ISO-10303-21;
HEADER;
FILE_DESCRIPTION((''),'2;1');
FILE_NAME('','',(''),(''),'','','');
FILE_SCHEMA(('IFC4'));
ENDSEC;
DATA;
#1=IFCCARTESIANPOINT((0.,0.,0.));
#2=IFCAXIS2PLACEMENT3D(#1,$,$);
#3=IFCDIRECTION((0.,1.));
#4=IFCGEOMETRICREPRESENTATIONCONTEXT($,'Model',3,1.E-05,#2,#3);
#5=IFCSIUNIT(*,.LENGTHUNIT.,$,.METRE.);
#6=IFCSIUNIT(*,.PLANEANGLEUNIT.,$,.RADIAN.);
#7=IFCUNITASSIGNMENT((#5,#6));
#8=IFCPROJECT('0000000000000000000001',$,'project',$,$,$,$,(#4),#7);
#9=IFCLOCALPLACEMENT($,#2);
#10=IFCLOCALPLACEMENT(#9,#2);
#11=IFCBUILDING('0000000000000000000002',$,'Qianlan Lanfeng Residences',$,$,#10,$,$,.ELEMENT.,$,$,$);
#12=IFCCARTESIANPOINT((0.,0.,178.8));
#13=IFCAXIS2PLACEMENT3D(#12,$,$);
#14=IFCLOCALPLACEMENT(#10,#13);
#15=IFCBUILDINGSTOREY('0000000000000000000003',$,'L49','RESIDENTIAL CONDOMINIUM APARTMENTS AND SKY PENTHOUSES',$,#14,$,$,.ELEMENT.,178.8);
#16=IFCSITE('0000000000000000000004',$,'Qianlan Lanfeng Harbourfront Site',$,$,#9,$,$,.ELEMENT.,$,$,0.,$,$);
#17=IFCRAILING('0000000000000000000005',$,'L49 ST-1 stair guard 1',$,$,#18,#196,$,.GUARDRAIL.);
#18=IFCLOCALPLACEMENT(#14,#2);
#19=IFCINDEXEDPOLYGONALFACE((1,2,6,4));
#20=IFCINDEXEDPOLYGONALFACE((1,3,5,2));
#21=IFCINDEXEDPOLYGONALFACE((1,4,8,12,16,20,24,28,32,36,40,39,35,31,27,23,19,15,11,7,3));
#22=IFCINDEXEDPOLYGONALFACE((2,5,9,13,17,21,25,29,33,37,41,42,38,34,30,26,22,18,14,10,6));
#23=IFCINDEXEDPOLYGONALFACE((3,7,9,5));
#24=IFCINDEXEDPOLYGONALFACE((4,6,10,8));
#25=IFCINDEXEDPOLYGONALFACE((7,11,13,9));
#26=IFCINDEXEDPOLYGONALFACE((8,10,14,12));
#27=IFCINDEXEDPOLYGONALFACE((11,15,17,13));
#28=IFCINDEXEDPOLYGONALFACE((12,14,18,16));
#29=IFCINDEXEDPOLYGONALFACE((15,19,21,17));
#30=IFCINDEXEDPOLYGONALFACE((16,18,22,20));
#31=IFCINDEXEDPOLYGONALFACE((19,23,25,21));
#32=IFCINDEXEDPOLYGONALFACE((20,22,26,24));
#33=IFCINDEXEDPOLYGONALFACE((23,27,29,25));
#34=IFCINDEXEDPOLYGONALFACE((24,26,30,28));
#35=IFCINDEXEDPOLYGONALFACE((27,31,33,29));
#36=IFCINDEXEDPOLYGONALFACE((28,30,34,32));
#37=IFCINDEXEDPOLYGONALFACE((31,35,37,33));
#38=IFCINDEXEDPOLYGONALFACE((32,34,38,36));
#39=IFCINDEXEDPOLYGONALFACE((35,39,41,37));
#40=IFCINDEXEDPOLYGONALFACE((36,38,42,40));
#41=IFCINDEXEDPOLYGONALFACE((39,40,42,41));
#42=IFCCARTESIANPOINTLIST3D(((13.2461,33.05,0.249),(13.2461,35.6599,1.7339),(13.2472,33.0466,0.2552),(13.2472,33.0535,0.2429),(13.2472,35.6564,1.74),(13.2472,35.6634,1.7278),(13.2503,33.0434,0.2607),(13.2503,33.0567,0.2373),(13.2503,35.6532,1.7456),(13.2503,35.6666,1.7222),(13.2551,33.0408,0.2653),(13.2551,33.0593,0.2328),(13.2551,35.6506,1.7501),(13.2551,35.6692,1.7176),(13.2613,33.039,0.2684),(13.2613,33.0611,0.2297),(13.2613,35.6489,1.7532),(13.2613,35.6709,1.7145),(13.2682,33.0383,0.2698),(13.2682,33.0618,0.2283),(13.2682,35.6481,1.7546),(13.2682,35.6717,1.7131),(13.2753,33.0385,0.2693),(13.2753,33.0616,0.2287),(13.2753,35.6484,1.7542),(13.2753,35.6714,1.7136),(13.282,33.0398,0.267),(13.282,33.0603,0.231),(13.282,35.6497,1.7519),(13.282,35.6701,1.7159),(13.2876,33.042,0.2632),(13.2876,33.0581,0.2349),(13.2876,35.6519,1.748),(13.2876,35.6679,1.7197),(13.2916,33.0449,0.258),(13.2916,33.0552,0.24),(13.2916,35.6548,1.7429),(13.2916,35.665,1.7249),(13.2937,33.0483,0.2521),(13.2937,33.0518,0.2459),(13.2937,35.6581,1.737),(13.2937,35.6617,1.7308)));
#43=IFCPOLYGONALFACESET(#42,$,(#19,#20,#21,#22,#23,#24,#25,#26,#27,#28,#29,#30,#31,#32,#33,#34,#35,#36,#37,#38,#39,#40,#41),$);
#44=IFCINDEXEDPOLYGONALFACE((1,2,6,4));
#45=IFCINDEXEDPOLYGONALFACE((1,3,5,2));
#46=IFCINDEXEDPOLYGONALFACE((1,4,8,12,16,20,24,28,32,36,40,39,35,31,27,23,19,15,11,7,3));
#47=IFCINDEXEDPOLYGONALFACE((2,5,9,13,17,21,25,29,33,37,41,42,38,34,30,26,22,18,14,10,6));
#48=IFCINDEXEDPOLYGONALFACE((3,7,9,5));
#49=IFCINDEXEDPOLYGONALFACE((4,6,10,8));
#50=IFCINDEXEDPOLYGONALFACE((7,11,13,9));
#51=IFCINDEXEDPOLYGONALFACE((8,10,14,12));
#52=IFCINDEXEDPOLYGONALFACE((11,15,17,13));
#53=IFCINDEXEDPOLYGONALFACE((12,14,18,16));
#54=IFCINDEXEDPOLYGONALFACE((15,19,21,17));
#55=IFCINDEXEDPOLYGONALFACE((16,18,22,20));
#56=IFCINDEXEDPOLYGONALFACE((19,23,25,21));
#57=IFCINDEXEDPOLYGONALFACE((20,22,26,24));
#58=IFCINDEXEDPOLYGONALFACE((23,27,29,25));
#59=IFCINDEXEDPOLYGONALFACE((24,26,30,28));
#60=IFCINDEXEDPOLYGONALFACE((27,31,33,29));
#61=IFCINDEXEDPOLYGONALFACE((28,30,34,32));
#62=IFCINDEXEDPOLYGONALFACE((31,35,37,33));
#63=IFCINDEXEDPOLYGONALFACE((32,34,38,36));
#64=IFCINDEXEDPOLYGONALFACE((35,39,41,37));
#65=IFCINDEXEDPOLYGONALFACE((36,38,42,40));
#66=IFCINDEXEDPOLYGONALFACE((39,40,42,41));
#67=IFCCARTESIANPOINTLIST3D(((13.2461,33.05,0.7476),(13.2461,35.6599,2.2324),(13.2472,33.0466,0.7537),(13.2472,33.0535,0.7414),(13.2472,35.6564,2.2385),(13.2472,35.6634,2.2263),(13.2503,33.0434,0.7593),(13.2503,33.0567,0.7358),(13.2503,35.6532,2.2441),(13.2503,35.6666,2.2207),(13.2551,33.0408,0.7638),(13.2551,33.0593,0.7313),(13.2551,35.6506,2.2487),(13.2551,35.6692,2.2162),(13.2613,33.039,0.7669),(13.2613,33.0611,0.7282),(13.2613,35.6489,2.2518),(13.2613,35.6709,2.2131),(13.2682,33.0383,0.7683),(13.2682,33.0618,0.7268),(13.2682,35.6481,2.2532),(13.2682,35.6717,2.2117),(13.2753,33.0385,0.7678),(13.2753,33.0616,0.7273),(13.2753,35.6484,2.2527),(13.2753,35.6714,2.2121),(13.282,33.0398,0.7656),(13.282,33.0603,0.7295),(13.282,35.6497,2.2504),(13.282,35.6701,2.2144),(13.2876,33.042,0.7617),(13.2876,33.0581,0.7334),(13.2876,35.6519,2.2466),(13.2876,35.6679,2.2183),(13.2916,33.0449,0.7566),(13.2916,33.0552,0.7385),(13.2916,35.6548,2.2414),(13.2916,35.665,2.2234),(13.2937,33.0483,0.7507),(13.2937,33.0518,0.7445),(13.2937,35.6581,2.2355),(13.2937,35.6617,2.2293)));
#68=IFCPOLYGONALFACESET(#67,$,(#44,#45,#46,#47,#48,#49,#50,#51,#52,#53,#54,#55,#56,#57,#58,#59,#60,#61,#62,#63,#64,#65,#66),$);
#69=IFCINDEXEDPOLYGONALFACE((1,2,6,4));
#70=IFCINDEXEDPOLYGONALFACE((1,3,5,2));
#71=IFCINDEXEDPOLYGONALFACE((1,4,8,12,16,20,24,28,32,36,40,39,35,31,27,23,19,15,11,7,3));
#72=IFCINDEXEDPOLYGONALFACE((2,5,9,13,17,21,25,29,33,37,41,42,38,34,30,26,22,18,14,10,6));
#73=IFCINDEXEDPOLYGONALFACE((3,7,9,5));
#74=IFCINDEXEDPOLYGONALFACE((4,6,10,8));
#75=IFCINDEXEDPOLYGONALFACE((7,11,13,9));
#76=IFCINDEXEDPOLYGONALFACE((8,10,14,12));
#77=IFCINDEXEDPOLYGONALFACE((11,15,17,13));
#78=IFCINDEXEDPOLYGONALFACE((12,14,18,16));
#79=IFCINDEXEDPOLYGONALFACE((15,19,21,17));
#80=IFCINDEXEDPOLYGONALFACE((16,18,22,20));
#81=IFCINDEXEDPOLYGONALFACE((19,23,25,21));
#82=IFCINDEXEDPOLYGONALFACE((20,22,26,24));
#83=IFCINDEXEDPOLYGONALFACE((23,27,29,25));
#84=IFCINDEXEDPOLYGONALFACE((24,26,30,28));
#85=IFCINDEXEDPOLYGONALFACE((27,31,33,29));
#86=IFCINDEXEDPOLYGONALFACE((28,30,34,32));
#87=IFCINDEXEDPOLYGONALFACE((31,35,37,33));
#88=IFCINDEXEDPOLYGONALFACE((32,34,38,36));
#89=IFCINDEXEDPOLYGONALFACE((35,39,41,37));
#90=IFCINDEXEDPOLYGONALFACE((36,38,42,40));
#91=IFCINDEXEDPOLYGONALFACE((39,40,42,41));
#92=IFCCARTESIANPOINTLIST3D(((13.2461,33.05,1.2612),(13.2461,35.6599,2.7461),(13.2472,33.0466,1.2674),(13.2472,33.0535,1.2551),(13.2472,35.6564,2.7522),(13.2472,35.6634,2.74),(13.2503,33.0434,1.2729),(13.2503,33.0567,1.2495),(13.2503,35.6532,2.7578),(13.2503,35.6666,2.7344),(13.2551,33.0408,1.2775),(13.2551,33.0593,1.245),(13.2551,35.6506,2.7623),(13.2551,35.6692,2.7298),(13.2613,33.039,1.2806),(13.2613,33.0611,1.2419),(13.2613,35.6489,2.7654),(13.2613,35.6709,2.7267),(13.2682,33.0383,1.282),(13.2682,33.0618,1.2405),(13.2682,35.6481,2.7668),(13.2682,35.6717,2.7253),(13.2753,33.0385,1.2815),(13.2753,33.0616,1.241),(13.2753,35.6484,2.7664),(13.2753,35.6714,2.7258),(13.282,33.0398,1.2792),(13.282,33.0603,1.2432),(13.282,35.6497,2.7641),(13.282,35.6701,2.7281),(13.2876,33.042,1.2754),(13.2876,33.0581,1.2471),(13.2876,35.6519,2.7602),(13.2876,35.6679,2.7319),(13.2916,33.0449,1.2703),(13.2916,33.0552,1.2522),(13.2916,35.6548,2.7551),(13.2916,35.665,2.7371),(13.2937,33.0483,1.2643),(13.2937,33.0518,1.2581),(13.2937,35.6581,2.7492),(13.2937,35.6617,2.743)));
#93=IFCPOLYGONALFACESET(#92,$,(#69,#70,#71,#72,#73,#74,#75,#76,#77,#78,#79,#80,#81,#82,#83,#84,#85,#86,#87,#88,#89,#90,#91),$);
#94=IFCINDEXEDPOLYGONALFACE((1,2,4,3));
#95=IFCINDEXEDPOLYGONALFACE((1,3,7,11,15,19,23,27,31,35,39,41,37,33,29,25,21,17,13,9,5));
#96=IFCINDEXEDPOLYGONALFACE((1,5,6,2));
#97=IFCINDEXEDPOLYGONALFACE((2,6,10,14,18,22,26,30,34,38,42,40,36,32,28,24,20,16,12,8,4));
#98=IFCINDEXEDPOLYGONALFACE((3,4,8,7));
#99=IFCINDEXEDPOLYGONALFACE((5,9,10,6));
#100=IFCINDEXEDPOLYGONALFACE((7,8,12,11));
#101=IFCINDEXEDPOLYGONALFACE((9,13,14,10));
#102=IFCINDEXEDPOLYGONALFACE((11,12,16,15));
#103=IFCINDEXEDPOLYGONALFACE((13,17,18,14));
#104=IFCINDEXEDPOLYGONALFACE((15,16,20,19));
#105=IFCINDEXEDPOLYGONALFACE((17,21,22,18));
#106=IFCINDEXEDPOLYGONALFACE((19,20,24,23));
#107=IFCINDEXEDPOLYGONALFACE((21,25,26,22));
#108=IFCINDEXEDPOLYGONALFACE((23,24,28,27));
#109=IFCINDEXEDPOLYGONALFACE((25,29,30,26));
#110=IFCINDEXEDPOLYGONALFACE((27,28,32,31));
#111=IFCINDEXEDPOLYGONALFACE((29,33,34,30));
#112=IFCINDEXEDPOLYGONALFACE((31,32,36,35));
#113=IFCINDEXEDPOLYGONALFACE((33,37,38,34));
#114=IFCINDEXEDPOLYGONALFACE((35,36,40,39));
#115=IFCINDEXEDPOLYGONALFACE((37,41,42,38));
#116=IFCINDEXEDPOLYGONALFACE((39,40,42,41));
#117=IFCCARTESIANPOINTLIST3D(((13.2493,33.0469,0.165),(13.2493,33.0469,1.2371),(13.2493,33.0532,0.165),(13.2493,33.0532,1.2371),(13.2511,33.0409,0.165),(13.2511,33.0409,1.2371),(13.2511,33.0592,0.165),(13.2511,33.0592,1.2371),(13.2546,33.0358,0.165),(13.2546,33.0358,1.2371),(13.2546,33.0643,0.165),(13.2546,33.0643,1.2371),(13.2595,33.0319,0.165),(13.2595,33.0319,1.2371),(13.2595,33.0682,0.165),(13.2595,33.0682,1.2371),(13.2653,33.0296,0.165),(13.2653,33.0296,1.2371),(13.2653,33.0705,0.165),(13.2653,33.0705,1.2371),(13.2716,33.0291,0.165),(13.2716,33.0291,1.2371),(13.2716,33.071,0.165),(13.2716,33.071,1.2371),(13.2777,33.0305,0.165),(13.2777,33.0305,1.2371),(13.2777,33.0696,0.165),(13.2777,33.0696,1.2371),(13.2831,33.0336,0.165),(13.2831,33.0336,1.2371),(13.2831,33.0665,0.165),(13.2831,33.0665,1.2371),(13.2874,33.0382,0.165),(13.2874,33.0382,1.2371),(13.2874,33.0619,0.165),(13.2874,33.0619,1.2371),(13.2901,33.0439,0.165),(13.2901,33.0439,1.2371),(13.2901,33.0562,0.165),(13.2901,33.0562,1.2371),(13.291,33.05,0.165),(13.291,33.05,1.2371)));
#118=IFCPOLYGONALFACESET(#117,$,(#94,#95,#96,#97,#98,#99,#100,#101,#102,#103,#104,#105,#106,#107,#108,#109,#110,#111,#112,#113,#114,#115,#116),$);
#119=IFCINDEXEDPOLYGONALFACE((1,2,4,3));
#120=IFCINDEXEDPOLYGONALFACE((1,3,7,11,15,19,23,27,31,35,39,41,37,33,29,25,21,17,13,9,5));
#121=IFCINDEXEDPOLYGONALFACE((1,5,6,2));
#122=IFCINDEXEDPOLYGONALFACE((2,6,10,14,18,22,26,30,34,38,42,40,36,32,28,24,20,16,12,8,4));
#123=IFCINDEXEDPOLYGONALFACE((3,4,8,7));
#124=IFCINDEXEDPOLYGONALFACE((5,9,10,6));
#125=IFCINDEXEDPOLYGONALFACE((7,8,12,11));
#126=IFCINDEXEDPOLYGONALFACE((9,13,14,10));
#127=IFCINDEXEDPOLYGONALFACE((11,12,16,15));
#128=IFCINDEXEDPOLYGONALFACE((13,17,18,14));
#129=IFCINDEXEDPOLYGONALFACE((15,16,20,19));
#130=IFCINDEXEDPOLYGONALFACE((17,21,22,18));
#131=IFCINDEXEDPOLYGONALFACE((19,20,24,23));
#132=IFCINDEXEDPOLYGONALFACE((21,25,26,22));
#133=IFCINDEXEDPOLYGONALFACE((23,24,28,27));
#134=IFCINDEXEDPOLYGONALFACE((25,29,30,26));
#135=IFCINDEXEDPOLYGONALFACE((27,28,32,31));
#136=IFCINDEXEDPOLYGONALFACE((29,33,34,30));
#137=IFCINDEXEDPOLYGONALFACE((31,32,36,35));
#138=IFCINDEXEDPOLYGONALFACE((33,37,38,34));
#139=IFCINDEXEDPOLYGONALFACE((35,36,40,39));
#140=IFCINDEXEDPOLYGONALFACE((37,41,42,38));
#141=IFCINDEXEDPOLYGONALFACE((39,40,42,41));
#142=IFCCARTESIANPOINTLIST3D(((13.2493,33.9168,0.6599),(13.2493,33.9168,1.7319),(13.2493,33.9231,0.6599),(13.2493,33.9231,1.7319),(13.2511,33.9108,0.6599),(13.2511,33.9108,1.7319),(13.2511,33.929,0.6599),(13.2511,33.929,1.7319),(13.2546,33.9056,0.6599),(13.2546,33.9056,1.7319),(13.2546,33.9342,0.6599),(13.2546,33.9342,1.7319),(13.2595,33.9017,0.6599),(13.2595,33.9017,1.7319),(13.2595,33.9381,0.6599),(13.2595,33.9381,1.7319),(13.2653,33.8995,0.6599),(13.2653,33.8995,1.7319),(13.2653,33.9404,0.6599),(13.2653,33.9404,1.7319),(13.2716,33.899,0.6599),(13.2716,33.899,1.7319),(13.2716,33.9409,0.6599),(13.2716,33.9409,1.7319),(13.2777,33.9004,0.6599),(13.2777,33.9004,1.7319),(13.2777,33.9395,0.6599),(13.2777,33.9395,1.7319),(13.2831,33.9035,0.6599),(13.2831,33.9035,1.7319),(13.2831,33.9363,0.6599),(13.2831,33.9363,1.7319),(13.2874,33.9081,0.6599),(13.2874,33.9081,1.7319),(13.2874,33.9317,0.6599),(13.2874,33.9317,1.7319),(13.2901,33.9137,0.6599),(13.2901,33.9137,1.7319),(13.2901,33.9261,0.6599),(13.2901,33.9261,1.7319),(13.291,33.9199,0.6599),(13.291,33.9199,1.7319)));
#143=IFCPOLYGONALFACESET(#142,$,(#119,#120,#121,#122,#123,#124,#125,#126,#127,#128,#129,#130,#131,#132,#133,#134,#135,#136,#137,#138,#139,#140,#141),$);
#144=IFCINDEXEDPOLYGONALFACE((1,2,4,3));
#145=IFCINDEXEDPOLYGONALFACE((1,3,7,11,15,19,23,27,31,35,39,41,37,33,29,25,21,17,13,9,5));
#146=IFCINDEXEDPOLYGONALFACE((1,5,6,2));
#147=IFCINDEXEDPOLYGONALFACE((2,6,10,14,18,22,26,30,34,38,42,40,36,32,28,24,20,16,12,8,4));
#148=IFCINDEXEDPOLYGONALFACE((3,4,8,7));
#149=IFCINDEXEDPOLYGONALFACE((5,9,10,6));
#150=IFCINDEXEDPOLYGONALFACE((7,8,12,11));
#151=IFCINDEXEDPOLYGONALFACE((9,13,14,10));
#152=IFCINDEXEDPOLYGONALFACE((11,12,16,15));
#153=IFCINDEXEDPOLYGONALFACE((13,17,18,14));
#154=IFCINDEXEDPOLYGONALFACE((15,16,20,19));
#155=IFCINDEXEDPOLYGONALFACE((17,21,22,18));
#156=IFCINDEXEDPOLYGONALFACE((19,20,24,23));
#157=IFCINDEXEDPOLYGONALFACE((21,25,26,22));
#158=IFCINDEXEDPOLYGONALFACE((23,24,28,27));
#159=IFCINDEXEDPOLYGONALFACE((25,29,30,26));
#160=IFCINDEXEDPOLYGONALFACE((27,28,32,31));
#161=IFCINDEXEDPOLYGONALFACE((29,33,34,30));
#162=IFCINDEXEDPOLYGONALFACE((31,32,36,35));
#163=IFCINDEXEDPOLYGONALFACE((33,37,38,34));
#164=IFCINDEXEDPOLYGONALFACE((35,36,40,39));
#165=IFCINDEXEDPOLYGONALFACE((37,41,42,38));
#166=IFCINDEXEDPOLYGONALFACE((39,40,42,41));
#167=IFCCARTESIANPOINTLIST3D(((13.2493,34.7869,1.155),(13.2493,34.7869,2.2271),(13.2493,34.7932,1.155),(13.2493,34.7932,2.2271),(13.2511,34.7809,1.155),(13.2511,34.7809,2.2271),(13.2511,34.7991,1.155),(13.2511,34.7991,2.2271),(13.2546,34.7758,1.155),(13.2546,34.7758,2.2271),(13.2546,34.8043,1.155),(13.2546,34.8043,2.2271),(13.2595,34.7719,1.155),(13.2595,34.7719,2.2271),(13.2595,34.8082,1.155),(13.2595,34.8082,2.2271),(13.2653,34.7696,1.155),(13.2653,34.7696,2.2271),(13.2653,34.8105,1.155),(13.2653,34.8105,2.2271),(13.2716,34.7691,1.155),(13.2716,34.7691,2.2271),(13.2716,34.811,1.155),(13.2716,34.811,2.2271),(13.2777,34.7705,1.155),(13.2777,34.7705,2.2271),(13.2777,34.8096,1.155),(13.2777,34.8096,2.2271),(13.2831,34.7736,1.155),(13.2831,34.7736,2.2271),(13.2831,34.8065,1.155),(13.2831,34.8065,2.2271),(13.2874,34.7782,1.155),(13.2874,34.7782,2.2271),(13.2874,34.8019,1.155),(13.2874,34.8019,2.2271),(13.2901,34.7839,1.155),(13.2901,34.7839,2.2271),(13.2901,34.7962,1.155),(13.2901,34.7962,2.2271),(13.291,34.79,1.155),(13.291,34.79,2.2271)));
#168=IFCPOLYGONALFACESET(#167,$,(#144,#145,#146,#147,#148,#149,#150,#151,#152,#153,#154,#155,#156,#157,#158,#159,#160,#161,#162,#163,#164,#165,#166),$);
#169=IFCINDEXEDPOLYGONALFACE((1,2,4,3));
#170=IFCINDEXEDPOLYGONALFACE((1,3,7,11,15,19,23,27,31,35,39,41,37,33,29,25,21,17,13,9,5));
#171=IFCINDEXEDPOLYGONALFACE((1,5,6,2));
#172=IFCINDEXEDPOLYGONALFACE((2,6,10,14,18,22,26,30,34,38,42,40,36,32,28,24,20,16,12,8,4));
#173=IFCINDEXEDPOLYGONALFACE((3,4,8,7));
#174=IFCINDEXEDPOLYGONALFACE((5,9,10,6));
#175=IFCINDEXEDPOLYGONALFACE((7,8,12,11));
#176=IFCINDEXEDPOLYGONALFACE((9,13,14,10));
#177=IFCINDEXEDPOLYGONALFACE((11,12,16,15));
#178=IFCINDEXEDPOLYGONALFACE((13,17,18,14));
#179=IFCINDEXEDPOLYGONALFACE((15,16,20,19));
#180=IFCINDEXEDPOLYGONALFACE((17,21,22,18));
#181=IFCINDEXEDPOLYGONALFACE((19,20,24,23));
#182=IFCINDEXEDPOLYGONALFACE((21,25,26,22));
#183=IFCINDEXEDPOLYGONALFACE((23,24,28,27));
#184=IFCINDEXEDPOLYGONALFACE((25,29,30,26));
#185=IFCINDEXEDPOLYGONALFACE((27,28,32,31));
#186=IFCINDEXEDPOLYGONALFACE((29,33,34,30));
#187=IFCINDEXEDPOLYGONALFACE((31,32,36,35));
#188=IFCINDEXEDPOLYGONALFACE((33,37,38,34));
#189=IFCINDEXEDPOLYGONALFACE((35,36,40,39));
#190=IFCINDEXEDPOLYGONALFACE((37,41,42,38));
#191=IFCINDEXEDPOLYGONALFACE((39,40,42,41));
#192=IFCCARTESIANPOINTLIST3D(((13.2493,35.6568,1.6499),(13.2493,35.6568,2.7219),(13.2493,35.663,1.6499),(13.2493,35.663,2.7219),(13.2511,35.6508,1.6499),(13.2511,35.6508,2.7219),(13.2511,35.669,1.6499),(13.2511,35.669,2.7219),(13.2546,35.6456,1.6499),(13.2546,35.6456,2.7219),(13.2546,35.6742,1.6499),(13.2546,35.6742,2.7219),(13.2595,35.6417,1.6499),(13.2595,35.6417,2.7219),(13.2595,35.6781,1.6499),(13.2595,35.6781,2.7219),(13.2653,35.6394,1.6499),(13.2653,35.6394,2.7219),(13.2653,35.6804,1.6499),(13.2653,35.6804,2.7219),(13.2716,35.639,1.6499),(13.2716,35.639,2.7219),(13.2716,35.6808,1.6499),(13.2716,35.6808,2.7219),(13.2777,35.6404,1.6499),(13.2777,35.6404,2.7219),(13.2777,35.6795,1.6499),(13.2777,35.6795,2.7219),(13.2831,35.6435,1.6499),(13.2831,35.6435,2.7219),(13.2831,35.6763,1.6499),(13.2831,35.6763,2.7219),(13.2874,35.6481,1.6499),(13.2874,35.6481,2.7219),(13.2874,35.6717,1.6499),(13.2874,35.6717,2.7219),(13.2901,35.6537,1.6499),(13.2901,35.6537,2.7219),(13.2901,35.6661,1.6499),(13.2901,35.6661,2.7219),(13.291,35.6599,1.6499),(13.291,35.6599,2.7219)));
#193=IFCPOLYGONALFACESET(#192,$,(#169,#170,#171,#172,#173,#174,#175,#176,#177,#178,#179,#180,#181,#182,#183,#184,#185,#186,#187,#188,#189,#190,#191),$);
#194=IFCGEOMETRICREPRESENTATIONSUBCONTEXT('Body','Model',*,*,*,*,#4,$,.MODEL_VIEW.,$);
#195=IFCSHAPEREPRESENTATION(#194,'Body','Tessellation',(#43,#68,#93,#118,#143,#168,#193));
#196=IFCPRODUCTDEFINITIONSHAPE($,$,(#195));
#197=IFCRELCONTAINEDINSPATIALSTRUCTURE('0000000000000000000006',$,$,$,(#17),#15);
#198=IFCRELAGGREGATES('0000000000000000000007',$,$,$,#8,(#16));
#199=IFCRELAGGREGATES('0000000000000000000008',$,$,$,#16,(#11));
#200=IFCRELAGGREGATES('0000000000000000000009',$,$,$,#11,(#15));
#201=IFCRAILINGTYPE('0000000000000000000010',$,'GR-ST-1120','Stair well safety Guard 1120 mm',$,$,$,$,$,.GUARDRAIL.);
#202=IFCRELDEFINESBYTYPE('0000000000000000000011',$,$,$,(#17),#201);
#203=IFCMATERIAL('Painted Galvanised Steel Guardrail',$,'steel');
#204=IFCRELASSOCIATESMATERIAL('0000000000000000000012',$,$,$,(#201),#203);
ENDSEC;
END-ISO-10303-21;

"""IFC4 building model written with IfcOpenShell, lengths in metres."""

from ifc_helpers import new_model, si_unit, direction, frame, origin, origin_2d, place, context, subcontext, project, spatial, circle, extrude, material, type_object, element, save


model = new_model("IFC4")

# Units and contexts
model_context = context("Model", 3, precision=1e-05, world=origin(), true_north=direction((0.0, 1.0)))
body_context = subcontext(model_context, "Body", "Model", "MODEL_VIEW")
ifc_project = project(units=[si_unit("LENGTHUNIT", "METRE"), si_unit("PLANEANGLEUNIT", "RADIAN")], contexts=[model_context])

# Site, building, storey
site_placement = place(None, origin())
site = spatial("IfcSite", under=ifc_project, at=site_placement, Name="Qianlan Lanfeng Harbourfront Site", CompositionType="ELEMENT", RefElevation=0.0)
building_placement = place(site_placement, origin())
building = spatial("IfcBuilding", under=site, at=building_placement, Name="Qianlan Lanfeng Residences", CompositionType="ELEMENT")
storey_placement = place(building_placement, frame((0.0, 0.0, 178.8)))
storey = spatial("IfcBuildingStorey", under=building, at=storey_placement, Name="L49", Description="RESIDENTIAL CONDOMINIUM APARTMENTS AND SKY PENTHOUSES", CompositionType="ELEMENT", Elevation=178.8)

# Railing
ifc_material_1 = material(Name="Painted Galvanised Steel Guardrail", Category="steel")
railing_type_1 = type_object("IfcRailingType", Name="GR-ST-1120", Description="Stair well safety Guard 1120 mm", PredefinedType="GUARDRAIL", material=ifc_material_1)
railing_1_placement = place(storey_placement, frame((13.27, 33.05, 0.165)))
element("IfcRailing", 1, at=railing_1_placement, inside=storey, type_object=railing_type_1, Name="L49 ST-1 stair guard 1", PredefinedType="GUARDRAIL", context=body_context, shape_type="SweptSolid", body=[
    extrude(circle(Radius=0.0239, at=origin_2d()), frame((0.0, 0.0, 0.084), z_axis=(0.0, 0.869172, 0.494509), x_axis=(-1.0, 0.0, 0.0)), (0.0, 0.0, 1.0), 3.0027),
    extrude(circle(Radius=0.0239, at=origin_2d()), frame((0.0, 0.0, 0.5825), z_axis=(0.0, 0.869172, 0.494509), x_axis=(-1.0, 0.0, 0.0)), (0.0, 0.0, 1.0), 3.0027),
    extrude(circle(Radius=0.0239, at=origin_2d()), frame((0.0, 0.0, 1.0962), z_axis=(0.0, 0.869172, 0.494509), x_axis=(-1.0, 0.0, 0.0)), (0.0, 0.0, 1.0), 3.0027),
    extrude(circle(Radius=0.021, at=origin_2d()), origin(), (0.0, 0.0, 1.0), 1.072),
    extrude(circle(Radius=0.021, at=origin_2d()), frame((0.0, 0.8699, 0.4949)), (0.0, 0.0, 1.0), 1.072),
    extrude(circle(Radius=0.021, at=origin_2d()), frame((0.0, 1.74, 0.99)), (0.0, 0.0, 1.0), 1.072),
    extrude(circle(Radius=0.021, at=origin_2d()), frame((0.0, 2.6099, 1.4849)), (0.0, 0.0, 1.0), 1.072),
])

save(model, "model.ifc")
